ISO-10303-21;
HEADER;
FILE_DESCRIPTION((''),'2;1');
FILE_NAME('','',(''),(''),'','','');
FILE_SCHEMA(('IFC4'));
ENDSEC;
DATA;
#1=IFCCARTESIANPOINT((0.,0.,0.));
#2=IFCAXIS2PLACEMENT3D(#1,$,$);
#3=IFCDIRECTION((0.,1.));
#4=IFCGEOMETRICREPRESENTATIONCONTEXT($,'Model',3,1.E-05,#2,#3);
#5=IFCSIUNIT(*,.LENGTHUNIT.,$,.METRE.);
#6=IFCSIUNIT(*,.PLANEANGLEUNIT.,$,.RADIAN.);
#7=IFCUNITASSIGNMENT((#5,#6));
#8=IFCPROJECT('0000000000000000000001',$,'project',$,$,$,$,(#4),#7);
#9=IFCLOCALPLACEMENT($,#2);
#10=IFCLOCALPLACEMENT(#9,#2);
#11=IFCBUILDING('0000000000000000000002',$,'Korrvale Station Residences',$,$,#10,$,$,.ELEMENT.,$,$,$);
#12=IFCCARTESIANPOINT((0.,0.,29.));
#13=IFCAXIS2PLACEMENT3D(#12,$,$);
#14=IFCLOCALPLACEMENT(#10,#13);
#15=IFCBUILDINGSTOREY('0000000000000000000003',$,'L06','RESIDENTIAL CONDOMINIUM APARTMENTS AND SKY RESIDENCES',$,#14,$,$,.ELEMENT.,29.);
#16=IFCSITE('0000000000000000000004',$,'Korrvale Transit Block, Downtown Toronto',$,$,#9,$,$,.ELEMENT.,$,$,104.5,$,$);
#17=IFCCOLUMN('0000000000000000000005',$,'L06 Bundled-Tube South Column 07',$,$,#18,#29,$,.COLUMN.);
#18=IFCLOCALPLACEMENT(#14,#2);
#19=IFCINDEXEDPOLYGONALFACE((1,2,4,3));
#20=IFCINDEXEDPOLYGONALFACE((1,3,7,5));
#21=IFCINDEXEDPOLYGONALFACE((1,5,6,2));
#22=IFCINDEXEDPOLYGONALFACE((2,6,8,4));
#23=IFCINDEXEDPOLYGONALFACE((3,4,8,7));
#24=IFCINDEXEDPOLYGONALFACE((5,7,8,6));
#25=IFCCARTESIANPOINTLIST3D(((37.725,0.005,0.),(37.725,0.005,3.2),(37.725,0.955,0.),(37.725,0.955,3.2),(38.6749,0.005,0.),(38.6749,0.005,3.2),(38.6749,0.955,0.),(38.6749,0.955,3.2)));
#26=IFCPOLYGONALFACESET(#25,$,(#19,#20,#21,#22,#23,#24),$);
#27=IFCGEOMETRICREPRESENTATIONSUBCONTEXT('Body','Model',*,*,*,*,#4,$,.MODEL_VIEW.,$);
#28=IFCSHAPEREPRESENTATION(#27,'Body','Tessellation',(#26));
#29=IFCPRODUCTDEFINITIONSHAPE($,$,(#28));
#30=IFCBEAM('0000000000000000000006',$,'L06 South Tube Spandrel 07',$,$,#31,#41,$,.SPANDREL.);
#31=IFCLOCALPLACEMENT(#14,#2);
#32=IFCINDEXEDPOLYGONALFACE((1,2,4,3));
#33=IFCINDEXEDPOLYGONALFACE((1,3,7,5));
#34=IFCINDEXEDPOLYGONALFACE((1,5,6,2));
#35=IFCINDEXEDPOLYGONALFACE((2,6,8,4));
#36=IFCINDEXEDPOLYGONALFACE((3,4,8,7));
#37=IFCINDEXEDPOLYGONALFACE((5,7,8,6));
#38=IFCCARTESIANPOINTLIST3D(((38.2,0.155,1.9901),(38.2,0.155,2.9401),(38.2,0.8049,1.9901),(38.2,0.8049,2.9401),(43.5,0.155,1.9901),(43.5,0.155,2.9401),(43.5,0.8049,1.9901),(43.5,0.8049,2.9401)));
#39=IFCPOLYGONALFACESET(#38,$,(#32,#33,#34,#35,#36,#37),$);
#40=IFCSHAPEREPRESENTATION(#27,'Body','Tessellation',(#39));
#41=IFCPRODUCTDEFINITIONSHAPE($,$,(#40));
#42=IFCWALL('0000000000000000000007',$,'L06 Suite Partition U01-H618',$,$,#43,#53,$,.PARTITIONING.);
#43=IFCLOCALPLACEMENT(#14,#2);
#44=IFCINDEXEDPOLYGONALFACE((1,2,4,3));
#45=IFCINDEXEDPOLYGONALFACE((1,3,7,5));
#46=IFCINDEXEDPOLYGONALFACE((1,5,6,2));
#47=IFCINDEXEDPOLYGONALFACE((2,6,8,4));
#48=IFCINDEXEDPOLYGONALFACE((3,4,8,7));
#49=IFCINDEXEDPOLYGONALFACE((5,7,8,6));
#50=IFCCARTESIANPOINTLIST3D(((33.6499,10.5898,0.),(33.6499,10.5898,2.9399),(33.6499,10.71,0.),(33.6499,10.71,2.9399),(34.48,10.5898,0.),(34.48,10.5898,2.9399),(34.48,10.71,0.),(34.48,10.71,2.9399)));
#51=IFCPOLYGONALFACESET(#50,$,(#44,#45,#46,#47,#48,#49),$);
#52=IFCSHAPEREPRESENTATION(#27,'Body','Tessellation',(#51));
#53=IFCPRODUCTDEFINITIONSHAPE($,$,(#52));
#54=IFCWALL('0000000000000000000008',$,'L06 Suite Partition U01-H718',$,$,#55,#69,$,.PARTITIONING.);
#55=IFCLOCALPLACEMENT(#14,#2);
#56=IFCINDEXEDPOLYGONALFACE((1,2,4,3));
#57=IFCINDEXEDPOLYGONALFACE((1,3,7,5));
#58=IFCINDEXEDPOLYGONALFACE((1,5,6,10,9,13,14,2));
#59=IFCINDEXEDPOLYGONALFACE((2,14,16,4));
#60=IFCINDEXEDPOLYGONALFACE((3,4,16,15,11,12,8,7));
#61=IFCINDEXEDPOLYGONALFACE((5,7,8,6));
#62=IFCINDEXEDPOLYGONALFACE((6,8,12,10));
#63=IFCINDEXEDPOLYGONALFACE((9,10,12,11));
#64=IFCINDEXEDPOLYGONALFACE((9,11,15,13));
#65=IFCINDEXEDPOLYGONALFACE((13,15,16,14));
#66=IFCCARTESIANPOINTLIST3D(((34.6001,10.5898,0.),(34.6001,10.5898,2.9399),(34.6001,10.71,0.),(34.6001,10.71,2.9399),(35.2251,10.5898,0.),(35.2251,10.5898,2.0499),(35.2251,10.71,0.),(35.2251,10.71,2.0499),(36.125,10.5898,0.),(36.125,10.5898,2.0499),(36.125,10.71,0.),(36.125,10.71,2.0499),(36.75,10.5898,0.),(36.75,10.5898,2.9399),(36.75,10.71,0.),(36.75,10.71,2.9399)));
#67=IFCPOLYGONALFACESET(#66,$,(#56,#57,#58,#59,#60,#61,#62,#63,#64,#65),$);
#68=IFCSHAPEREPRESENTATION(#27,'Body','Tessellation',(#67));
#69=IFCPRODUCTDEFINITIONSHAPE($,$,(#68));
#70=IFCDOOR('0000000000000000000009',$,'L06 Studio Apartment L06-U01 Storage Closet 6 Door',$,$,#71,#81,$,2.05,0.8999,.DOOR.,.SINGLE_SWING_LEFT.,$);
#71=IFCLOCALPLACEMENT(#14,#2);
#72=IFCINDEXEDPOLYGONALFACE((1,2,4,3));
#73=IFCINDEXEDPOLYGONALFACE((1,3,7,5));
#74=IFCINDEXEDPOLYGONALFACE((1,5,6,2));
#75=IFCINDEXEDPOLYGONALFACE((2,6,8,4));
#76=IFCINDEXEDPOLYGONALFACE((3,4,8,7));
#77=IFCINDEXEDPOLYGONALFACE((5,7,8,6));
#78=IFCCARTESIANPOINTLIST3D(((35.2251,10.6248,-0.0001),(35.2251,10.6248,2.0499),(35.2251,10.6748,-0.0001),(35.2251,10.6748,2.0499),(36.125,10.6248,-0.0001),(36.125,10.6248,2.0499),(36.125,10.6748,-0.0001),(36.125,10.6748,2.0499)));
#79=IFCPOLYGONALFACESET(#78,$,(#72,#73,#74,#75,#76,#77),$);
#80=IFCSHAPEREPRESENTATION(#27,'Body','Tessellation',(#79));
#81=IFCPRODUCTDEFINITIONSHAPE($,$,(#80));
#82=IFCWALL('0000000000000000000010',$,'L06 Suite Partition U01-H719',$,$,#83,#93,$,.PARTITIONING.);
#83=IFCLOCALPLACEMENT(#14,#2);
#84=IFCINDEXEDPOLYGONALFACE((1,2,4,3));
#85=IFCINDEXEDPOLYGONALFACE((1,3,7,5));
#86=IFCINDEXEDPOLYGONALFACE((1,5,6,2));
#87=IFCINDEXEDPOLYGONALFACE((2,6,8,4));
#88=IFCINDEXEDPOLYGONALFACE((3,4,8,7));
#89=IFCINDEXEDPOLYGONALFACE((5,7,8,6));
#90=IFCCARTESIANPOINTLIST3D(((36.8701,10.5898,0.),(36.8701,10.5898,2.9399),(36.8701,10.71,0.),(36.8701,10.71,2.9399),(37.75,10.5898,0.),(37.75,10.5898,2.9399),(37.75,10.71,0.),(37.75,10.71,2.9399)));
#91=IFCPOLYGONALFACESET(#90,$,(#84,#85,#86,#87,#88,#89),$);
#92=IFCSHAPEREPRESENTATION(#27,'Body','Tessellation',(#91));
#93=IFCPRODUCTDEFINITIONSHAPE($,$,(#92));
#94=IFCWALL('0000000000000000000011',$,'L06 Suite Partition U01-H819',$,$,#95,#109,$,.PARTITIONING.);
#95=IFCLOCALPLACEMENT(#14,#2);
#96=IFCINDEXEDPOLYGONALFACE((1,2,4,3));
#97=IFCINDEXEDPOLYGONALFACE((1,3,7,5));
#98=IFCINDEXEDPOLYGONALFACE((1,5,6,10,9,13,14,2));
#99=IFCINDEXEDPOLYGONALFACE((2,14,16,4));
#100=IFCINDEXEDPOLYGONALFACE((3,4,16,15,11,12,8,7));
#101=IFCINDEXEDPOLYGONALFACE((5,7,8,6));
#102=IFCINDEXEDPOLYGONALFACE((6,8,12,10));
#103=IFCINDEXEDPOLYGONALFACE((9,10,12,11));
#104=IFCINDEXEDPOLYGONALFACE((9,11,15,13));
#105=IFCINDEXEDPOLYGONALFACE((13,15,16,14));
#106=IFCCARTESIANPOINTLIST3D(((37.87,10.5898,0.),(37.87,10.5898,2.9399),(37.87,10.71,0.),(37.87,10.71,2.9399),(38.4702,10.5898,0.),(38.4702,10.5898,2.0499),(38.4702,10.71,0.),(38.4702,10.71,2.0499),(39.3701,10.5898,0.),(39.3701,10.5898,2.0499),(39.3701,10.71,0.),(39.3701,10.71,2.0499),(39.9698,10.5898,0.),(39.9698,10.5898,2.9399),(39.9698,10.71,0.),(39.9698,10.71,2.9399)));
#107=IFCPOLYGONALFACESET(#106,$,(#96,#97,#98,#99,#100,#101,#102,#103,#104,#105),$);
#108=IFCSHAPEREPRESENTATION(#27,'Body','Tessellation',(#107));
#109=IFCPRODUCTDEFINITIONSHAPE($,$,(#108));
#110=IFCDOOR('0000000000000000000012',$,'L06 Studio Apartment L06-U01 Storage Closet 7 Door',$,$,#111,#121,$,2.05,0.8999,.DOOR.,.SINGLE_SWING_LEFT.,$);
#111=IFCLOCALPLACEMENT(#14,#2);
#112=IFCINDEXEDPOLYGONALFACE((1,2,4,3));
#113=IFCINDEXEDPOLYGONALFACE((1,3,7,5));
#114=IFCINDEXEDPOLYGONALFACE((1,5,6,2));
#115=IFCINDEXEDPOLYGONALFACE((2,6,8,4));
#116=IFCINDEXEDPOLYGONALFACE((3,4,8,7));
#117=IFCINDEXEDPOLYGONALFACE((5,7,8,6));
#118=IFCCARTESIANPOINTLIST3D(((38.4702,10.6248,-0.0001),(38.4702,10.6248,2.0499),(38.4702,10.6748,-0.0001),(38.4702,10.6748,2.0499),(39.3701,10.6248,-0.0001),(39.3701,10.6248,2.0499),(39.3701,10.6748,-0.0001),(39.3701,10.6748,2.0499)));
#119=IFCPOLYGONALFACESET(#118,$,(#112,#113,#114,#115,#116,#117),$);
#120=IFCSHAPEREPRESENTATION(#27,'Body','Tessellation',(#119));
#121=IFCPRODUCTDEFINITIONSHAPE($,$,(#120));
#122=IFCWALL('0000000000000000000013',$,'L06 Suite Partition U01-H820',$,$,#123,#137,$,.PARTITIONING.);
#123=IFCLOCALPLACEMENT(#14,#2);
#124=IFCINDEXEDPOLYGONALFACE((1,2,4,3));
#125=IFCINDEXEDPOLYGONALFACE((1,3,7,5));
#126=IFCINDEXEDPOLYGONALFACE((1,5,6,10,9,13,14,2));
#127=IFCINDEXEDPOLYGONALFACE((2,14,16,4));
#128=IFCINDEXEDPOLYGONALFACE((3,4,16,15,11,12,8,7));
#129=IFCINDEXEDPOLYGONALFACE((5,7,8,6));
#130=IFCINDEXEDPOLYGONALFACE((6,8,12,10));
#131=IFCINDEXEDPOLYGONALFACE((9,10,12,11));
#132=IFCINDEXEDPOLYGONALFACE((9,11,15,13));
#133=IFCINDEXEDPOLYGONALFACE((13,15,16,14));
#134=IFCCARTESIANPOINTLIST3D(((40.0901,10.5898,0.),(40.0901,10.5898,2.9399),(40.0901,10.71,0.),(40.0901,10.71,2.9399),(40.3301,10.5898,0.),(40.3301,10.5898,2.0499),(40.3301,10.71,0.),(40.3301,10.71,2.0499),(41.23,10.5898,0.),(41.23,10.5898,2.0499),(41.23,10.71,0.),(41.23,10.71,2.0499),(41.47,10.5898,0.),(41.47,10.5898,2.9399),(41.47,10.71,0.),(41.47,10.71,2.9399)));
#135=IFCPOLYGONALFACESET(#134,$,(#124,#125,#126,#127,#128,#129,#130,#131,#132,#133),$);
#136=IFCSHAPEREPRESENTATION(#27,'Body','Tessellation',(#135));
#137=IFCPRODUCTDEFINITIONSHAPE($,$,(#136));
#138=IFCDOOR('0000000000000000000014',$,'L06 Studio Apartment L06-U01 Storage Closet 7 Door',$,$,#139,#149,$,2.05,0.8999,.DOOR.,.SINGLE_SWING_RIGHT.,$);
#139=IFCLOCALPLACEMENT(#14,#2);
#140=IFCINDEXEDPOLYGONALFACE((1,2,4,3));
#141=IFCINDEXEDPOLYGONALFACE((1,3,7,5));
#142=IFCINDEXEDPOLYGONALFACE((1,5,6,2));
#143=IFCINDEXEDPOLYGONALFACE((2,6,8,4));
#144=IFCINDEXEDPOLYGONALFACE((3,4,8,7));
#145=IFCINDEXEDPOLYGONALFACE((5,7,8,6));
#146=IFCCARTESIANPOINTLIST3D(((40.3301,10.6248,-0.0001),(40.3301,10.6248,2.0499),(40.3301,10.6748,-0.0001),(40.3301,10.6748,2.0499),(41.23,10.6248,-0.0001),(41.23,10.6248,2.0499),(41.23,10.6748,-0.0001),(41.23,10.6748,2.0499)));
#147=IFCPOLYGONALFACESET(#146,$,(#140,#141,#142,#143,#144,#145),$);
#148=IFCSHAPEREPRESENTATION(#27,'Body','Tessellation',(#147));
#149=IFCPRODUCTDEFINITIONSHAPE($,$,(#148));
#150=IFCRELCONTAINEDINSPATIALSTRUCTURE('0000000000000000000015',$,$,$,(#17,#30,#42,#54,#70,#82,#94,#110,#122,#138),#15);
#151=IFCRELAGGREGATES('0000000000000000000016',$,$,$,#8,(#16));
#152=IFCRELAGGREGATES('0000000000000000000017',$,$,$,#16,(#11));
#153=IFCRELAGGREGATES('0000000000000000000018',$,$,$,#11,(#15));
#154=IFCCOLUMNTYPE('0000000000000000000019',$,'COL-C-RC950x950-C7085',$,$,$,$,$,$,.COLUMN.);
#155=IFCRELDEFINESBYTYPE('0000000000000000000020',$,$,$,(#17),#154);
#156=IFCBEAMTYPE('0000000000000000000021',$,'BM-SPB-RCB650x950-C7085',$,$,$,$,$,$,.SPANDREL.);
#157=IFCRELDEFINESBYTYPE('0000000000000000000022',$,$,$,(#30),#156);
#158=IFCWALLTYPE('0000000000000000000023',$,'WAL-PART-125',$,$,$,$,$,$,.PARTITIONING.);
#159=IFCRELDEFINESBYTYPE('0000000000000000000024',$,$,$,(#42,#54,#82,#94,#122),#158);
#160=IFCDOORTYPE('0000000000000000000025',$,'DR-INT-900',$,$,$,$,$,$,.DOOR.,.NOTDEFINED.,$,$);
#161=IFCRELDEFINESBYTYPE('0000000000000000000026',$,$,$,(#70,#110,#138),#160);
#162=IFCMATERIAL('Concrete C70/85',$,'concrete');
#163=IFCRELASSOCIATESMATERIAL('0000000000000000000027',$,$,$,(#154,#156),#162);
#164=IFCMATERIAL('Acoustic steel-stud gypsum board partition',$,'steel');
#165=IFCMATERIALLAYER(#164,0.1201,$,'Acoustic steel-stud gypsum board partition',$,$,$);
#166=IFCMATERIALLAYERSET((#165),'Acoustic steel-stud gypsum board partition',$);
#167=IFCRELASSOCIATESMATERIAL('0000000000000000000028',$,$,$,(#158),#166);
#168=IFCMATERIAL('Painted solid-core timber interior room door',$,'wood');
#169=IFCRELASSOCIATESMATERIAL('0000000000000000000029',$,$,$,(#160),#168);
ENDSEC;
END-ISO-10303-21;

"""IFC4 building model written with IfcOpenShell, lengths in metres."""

from ifc_helpers import new_model, si_unit, direction, frame, frame_2d, origin, origin_2d, place, context, subcontext, project, spatial, rectangle, extrude, material, layer, layer_set, material_profile, profile_set, type_object, element, fill, save


model = new_model("IFC4")

# Units and contexts
model_context = context("Model", 3, precision=1e-05, world=origin(), true_north=direction((0.0, 1.0)))
body_context = subcontext(model_context, "Body", "Model", "MODEL_VIEW")
ifc_project = project(units=[si_unit("LENGTHUNIT", "METRE"), si_unit("PLANEANGLEUNIT", "RADIAN")], contexts=[model_context])

# Site, building, storey
site_placement = place(None, origin())
site = spatial("IfcSite", under=ifc_project, at=site_placement, Name="Korrvale Transit Block, Downtown Toronto", CompositionType="ELEMENT", RefElevation=104.5)
building_placement = place(site_placement, origin())
building = spatial("IfcBuilding", under=site, at=building_placement, Name="Korrvale Station Residences", CompositionType="ELEMENT")
storey_placement = place(building_placement, frame((0.0, 0.0, 29.0)))
storey = spatial("IfcBuildingStorey", under=building, at=storey_placement, Name="L06", Description="RESIDENTIAL CONDOMINIUM APARTMENTS AND SKY RESIDENCES", CompositionType="ELEMENT", Elevation=29.0)

# Column
ifc_material_1 = material(Name="Concrete C70/85", Category="concrete")
ifc_material_profile_1 = material_profile(ifc_material_1, rectangle(XDim=0.95, YDim=0.95, at=origin_2d()), Name="RC950x950")
ifc_profile_set_1 = profile_set([ifc_material_profile_1], Name="Concrete C70/85")
column_type = type_object("IfcColumnType", Name="COL-C-RC950x950-C7085", PredefinedType="COLUMN", material=ifc_profile_set_1)
column_placement = place(storey_placement, frame((38.2, 0.48, 0.0), z_axis=(0.0, 0.0, 1.0), x_axis=(1.0, 0.0, 0.0)))
element("IfcColumn", 1, at=column_placement, inside=storey, type_object=column_type, Name="L06 Bundled-Tube South Column 07", PredefinedType="COLUMN", context=body_context, shape_type="SweptSolid", body=[
    extrude(rectangle(XDim=0.95, YDim=0.95, at=origin_2d()), origin(), (0.0, 0.0, 1.0), 3.2),
])

# Beam
ifc_material_profile_2 = material_profile(ifc_material_1, rectangle(XDim=0.6499, YDim=0.95, at=origin_2d()), Name="RCB650x950")
ifc_profile_set_2 = profile_set([ifc_material_profile_2], Name="Concrete C70/85")
beam_type = type_object("IfcBeamType", Name="BM-SPB-RCB650x950-C7085", PredefinedType="SPANDREL", material=ifc_profile_set_2)
beam_placement = place(storey_placement, frame((38.2, 0.48, 2.4651), z_axis=(1.0, 0.0, 0.0), x_axis=(0.0, 1.0, 0.0)))
element("IfcBeam", 2, at=beam_placement, inside=storey, type_object=beam_type, Name="L06 South Tube Spandrel 07", PredefinedType="SPANDREL", context=body_context, shape_type="SweptSolid", body=[
    extrude(rectangle(XDim=0.6499, YDim=0.95, at=origin_2d()), origin(), (0.0, 0.0, 1.0), 5.3),
])

# Wall
ifc_material_2 = material(Name="Acoustic steel-stud gypsum board partition", Category="steel")
ifc_layer_1 = layer(ifc_material_2, 0.1201, Name="Acoustic steel-stud gypsum board partition")
ifc_layer_set_1 = layer_set([ifc_layer_1], Name="Acoustic steel-stud gypsum board partition")
wall_type = type_object("IfcWallType", Name="WAL-PART-125", PredefinedType="PARTITIONING", material=ifc_layer_set_1)
wall_1_placement = place(storey_placement, frame((33.6499, 10.6499, 0.0), z_axis=(0.0, 0.0, 1.0), x_axis=(1.0, 0.0, 0.0)))
element("IfcWall", 3, at=wall_1_placement, inside=storey, type_object=wall_type, Name="L06 Suite Partition U01-H618", PredefinedType="PARTITIONING", context=body_context, shape_type="SweptSolid", body=[
    extrude(rectangle(XDim=0.8301, YDim=0.1201, at=frame_2d((0.415, 0.0))), origin(), (0.0, 0.0, 1.0), 2.9399),
])

# Wall, opening, door
wall_2_placement = place(storey_placement, frame((34.6001, 10.6499, 0.0), z_axis=(0.0, 0.0, 1.0), x_axis=(1.0, 0.0, 0.0)))
wall_2 = element("IfcWall", 4, at=wall_2_placement, inside=storey, type_object=wall_type, Name="L06 Suite Partition U01-H718", PredefinedType="PARTITIONING", context=body_context, shape_type="SweptSolid", body=[
    extrude(rectangle(XDim=2.1499, YDim=0.1201, at=frame_2d((1.075, 0.0))), origin(), (0.0, 0.0, 1.0), 2.9399),
])
opening_1_placement = place(wall_2_placement, frame((0.625, 0.0, 0.0)))
opening_1 = element("IfcOpeningElement", 5, at=opening_1_placement, cuts=wall_2, PredefinedType="OPENING", context=body_context, shape_type="SweptSolid", body=[
    extrude(rectangle(XDim=0.8999, YDim=2.05, at=frame_2d((0.45, 1.0249))), frame((0.0, 0.0701, 0.0), z_axis=(0.0, -1.0, 0.0), x_axis=(1.0, 0.0, 0.0)), (0.0, 0.0, 1.0), 0.1401),
])
ifc_material_3 = material(Name="Painted solid-core timber interior room door", Category="wood")
door_type = type_object("IfcDoorType", Name="DR-INT-900", OperationType="NOTDEFINED", PredefinedType="DOOR", material=ifc_material_3)
door_1_placement = place(opening_1_placement, origin())
door_1 = element("IfcDoor", 6, at=door_1_placement, inside=storey, type_object=door_type, Name="L06 Studio Apartment L06-U01 Storage Closet 6 Door", OperationType="SINGLE_SWING_LEFT", OverallHeight=2.05, OverallWidth=0.8999, PredefinedType="DOOR", context=body_context, shape_type="SweptSolid", body=[
    extrude(rectangle(XDim=0.8999, YDim=2.05, at=frame_2d((0.45, 1.0249))), frame((0.0, 0.0249, 0.0), z_axis=(0.0, -1.0, 0.0), x_axis=(1.0, 0.0, 0.0)), (0.0, 0.0, 1.0), 0.05),
])
fill(opening_1, door_1)

# Wall
wall_3_placement = place(storey_placement, frame((36.8701, 10.6499, 0.0), z_axis=(0.0, 0.0, 1.0), x_axis=(1.0, 0.0, 0.0)))
element("IfcWall", 7, at=wall_3_placement, inside=storey, type_object=wall_type, Name="L06 Suite Partition U01-H719", PredefinedType="PARTITIONING", context=body_context, shape_type="SweptSolid", body=[
    extrude(rectangle(XDim=0.8799, YDim=0.1201, at=frame_2d((0.4399, 0.0))), origin(), (0.0, 0.0, 1.0), 2.9399),
])

# Walls, openings, doors
wall_4_placement = place(storey_placement, frame((37.8701, 10.6499, 0.0), z_axis=(0.0, 0.0, 1.0), x_axis=(1.0, 0.0, 0.0)))
wall_4 = element("IfcWall", 8, at=wall_4_placement, inside=storey, type_object=wall_type, Name="L06 Suite Partition U01-H819", PredefinedType="PARTITIONING", context=body_context, shape_type="SweptSolid", body=[
    extrude(rectangle(XDim=2.0999, YDim=0.1201, at=frame_2d((1.0498, 0.0))), origin(), (0.0, 0.0, 1.0), 2.9399),
])
opening_2_placement = place(wall_4_placement, frame((0.6001, 0.0, 0.0)))
opening_2 = element("IfcOpeningElement", 9, at=opening_2_placement, cuts=wall_4, PredefinedType="OPENING", context=body_context, shape_type="SweptSolid", body=[
    extrude(rectangle(XDim=0.8999, YDim=2.05, at=frame_2d((0.45, 1.0249))), frame((0.0, 0.0701, 0.0), z_axis=(0.0, -1.0, 0.0), x_axis=(1.0, 0.0, 0.0)), (0.0, 0.0, 1.0), 0.1401),
])
door_2_placement = place(opening_2_placement, origin())
door_2 = element("IfcDoor", 10, at=door_2_placement, inside=storey, type_object=door_type, Name="L06 Studio Apartment L06-U01 Storage Closet 7 Door", OperationType="SINGLE_SWING_LEFT", OverallHeight=2.05, OverallWidth=0.8999, PredefinedType="DOOR", context=body_context, shape_type="SweptSolid", body=[
    extrude(rectangle(XDim=0.8999, YDim=2.05, at=frame_2d((0.45, 1.0249))), frame((0.0, 0.0249, 0.0), z_axis=(0.0, -1.0, 0.0), x_axis=(1.0, 0.0, 0.0)), (0.0, 0.0, 1.0), 0.05),
])
fill(opening_2, door_2)
wall_5_placement = place(storey_placement, frame((40.0901, 10.6499, 0.0), z_axis=(0.0, 0.0, 1.0), x_axis=(1.0, 0.0, 0.0)))
wall_5 = element("IfcWall", 11, at=wall_5_placement, inside=storey, type_object=wall_type, Name="L06 Suite Partition U01-H820", PredefinedType="PARTITIONING", context=body_context, shape_type="SweptSolid", body=[
    extrude(rectangle(XDim=1.3799, YDim=0.1201, at=frame_2d((0.6899, 0.0))), origin(), (0.0, 0.0, 1.0), 2.9399),
])
opening_3_placement = place(wall_5_placement, frame((0.24, 0.0, 0.0)))
opening_3 = element("IfcOpeningElement", 12, at=opening_3_placement, cuts=wall_5, PredefinedType="OPENING", context=body_context, shape_type="SweptSolid", body=[
    extrude(rectangle(XDim=0.8999, YDim=2.05, at=frame_2d((0.45, 1.0249))), frame((0.0, 0.0701, 0.0), z_axis=(0.0, -1.0, 0.0), x_axis=(1.0, 0.0, 0.0)), (0.0, 0.0, 1.0), 0.1401),
])
door_3_placement = place(opening_3_placement, origin())
door_3 = element("IfcDoor", 13, at=door_3_placement, inside=storey, type_object=door_type, Name="L06 Studio Apartment L06-U01 Storage Closet 7 Door", OperationType="SINGLE_SWING_RIGHT", OverallHeight=2.05, OverallWidth=0.8999, PredefinedType="DOOR", context=body_context, shape_type="SweptSolid", body=[
    extrude(rectangle(XDim=0.8999, YDim=2.05, at=frame_2d((0.45, 1.0249))), frame((0.0, 0.0249, 0.0), z_axis=(0.0, -1.0, 0.0), x_axis=(1.0, 0.0, 0.0)), (0.0, 0.0, 1.0), 0.05),
])
fill(opening_3, door_3)

save(model, "model.ifc")
